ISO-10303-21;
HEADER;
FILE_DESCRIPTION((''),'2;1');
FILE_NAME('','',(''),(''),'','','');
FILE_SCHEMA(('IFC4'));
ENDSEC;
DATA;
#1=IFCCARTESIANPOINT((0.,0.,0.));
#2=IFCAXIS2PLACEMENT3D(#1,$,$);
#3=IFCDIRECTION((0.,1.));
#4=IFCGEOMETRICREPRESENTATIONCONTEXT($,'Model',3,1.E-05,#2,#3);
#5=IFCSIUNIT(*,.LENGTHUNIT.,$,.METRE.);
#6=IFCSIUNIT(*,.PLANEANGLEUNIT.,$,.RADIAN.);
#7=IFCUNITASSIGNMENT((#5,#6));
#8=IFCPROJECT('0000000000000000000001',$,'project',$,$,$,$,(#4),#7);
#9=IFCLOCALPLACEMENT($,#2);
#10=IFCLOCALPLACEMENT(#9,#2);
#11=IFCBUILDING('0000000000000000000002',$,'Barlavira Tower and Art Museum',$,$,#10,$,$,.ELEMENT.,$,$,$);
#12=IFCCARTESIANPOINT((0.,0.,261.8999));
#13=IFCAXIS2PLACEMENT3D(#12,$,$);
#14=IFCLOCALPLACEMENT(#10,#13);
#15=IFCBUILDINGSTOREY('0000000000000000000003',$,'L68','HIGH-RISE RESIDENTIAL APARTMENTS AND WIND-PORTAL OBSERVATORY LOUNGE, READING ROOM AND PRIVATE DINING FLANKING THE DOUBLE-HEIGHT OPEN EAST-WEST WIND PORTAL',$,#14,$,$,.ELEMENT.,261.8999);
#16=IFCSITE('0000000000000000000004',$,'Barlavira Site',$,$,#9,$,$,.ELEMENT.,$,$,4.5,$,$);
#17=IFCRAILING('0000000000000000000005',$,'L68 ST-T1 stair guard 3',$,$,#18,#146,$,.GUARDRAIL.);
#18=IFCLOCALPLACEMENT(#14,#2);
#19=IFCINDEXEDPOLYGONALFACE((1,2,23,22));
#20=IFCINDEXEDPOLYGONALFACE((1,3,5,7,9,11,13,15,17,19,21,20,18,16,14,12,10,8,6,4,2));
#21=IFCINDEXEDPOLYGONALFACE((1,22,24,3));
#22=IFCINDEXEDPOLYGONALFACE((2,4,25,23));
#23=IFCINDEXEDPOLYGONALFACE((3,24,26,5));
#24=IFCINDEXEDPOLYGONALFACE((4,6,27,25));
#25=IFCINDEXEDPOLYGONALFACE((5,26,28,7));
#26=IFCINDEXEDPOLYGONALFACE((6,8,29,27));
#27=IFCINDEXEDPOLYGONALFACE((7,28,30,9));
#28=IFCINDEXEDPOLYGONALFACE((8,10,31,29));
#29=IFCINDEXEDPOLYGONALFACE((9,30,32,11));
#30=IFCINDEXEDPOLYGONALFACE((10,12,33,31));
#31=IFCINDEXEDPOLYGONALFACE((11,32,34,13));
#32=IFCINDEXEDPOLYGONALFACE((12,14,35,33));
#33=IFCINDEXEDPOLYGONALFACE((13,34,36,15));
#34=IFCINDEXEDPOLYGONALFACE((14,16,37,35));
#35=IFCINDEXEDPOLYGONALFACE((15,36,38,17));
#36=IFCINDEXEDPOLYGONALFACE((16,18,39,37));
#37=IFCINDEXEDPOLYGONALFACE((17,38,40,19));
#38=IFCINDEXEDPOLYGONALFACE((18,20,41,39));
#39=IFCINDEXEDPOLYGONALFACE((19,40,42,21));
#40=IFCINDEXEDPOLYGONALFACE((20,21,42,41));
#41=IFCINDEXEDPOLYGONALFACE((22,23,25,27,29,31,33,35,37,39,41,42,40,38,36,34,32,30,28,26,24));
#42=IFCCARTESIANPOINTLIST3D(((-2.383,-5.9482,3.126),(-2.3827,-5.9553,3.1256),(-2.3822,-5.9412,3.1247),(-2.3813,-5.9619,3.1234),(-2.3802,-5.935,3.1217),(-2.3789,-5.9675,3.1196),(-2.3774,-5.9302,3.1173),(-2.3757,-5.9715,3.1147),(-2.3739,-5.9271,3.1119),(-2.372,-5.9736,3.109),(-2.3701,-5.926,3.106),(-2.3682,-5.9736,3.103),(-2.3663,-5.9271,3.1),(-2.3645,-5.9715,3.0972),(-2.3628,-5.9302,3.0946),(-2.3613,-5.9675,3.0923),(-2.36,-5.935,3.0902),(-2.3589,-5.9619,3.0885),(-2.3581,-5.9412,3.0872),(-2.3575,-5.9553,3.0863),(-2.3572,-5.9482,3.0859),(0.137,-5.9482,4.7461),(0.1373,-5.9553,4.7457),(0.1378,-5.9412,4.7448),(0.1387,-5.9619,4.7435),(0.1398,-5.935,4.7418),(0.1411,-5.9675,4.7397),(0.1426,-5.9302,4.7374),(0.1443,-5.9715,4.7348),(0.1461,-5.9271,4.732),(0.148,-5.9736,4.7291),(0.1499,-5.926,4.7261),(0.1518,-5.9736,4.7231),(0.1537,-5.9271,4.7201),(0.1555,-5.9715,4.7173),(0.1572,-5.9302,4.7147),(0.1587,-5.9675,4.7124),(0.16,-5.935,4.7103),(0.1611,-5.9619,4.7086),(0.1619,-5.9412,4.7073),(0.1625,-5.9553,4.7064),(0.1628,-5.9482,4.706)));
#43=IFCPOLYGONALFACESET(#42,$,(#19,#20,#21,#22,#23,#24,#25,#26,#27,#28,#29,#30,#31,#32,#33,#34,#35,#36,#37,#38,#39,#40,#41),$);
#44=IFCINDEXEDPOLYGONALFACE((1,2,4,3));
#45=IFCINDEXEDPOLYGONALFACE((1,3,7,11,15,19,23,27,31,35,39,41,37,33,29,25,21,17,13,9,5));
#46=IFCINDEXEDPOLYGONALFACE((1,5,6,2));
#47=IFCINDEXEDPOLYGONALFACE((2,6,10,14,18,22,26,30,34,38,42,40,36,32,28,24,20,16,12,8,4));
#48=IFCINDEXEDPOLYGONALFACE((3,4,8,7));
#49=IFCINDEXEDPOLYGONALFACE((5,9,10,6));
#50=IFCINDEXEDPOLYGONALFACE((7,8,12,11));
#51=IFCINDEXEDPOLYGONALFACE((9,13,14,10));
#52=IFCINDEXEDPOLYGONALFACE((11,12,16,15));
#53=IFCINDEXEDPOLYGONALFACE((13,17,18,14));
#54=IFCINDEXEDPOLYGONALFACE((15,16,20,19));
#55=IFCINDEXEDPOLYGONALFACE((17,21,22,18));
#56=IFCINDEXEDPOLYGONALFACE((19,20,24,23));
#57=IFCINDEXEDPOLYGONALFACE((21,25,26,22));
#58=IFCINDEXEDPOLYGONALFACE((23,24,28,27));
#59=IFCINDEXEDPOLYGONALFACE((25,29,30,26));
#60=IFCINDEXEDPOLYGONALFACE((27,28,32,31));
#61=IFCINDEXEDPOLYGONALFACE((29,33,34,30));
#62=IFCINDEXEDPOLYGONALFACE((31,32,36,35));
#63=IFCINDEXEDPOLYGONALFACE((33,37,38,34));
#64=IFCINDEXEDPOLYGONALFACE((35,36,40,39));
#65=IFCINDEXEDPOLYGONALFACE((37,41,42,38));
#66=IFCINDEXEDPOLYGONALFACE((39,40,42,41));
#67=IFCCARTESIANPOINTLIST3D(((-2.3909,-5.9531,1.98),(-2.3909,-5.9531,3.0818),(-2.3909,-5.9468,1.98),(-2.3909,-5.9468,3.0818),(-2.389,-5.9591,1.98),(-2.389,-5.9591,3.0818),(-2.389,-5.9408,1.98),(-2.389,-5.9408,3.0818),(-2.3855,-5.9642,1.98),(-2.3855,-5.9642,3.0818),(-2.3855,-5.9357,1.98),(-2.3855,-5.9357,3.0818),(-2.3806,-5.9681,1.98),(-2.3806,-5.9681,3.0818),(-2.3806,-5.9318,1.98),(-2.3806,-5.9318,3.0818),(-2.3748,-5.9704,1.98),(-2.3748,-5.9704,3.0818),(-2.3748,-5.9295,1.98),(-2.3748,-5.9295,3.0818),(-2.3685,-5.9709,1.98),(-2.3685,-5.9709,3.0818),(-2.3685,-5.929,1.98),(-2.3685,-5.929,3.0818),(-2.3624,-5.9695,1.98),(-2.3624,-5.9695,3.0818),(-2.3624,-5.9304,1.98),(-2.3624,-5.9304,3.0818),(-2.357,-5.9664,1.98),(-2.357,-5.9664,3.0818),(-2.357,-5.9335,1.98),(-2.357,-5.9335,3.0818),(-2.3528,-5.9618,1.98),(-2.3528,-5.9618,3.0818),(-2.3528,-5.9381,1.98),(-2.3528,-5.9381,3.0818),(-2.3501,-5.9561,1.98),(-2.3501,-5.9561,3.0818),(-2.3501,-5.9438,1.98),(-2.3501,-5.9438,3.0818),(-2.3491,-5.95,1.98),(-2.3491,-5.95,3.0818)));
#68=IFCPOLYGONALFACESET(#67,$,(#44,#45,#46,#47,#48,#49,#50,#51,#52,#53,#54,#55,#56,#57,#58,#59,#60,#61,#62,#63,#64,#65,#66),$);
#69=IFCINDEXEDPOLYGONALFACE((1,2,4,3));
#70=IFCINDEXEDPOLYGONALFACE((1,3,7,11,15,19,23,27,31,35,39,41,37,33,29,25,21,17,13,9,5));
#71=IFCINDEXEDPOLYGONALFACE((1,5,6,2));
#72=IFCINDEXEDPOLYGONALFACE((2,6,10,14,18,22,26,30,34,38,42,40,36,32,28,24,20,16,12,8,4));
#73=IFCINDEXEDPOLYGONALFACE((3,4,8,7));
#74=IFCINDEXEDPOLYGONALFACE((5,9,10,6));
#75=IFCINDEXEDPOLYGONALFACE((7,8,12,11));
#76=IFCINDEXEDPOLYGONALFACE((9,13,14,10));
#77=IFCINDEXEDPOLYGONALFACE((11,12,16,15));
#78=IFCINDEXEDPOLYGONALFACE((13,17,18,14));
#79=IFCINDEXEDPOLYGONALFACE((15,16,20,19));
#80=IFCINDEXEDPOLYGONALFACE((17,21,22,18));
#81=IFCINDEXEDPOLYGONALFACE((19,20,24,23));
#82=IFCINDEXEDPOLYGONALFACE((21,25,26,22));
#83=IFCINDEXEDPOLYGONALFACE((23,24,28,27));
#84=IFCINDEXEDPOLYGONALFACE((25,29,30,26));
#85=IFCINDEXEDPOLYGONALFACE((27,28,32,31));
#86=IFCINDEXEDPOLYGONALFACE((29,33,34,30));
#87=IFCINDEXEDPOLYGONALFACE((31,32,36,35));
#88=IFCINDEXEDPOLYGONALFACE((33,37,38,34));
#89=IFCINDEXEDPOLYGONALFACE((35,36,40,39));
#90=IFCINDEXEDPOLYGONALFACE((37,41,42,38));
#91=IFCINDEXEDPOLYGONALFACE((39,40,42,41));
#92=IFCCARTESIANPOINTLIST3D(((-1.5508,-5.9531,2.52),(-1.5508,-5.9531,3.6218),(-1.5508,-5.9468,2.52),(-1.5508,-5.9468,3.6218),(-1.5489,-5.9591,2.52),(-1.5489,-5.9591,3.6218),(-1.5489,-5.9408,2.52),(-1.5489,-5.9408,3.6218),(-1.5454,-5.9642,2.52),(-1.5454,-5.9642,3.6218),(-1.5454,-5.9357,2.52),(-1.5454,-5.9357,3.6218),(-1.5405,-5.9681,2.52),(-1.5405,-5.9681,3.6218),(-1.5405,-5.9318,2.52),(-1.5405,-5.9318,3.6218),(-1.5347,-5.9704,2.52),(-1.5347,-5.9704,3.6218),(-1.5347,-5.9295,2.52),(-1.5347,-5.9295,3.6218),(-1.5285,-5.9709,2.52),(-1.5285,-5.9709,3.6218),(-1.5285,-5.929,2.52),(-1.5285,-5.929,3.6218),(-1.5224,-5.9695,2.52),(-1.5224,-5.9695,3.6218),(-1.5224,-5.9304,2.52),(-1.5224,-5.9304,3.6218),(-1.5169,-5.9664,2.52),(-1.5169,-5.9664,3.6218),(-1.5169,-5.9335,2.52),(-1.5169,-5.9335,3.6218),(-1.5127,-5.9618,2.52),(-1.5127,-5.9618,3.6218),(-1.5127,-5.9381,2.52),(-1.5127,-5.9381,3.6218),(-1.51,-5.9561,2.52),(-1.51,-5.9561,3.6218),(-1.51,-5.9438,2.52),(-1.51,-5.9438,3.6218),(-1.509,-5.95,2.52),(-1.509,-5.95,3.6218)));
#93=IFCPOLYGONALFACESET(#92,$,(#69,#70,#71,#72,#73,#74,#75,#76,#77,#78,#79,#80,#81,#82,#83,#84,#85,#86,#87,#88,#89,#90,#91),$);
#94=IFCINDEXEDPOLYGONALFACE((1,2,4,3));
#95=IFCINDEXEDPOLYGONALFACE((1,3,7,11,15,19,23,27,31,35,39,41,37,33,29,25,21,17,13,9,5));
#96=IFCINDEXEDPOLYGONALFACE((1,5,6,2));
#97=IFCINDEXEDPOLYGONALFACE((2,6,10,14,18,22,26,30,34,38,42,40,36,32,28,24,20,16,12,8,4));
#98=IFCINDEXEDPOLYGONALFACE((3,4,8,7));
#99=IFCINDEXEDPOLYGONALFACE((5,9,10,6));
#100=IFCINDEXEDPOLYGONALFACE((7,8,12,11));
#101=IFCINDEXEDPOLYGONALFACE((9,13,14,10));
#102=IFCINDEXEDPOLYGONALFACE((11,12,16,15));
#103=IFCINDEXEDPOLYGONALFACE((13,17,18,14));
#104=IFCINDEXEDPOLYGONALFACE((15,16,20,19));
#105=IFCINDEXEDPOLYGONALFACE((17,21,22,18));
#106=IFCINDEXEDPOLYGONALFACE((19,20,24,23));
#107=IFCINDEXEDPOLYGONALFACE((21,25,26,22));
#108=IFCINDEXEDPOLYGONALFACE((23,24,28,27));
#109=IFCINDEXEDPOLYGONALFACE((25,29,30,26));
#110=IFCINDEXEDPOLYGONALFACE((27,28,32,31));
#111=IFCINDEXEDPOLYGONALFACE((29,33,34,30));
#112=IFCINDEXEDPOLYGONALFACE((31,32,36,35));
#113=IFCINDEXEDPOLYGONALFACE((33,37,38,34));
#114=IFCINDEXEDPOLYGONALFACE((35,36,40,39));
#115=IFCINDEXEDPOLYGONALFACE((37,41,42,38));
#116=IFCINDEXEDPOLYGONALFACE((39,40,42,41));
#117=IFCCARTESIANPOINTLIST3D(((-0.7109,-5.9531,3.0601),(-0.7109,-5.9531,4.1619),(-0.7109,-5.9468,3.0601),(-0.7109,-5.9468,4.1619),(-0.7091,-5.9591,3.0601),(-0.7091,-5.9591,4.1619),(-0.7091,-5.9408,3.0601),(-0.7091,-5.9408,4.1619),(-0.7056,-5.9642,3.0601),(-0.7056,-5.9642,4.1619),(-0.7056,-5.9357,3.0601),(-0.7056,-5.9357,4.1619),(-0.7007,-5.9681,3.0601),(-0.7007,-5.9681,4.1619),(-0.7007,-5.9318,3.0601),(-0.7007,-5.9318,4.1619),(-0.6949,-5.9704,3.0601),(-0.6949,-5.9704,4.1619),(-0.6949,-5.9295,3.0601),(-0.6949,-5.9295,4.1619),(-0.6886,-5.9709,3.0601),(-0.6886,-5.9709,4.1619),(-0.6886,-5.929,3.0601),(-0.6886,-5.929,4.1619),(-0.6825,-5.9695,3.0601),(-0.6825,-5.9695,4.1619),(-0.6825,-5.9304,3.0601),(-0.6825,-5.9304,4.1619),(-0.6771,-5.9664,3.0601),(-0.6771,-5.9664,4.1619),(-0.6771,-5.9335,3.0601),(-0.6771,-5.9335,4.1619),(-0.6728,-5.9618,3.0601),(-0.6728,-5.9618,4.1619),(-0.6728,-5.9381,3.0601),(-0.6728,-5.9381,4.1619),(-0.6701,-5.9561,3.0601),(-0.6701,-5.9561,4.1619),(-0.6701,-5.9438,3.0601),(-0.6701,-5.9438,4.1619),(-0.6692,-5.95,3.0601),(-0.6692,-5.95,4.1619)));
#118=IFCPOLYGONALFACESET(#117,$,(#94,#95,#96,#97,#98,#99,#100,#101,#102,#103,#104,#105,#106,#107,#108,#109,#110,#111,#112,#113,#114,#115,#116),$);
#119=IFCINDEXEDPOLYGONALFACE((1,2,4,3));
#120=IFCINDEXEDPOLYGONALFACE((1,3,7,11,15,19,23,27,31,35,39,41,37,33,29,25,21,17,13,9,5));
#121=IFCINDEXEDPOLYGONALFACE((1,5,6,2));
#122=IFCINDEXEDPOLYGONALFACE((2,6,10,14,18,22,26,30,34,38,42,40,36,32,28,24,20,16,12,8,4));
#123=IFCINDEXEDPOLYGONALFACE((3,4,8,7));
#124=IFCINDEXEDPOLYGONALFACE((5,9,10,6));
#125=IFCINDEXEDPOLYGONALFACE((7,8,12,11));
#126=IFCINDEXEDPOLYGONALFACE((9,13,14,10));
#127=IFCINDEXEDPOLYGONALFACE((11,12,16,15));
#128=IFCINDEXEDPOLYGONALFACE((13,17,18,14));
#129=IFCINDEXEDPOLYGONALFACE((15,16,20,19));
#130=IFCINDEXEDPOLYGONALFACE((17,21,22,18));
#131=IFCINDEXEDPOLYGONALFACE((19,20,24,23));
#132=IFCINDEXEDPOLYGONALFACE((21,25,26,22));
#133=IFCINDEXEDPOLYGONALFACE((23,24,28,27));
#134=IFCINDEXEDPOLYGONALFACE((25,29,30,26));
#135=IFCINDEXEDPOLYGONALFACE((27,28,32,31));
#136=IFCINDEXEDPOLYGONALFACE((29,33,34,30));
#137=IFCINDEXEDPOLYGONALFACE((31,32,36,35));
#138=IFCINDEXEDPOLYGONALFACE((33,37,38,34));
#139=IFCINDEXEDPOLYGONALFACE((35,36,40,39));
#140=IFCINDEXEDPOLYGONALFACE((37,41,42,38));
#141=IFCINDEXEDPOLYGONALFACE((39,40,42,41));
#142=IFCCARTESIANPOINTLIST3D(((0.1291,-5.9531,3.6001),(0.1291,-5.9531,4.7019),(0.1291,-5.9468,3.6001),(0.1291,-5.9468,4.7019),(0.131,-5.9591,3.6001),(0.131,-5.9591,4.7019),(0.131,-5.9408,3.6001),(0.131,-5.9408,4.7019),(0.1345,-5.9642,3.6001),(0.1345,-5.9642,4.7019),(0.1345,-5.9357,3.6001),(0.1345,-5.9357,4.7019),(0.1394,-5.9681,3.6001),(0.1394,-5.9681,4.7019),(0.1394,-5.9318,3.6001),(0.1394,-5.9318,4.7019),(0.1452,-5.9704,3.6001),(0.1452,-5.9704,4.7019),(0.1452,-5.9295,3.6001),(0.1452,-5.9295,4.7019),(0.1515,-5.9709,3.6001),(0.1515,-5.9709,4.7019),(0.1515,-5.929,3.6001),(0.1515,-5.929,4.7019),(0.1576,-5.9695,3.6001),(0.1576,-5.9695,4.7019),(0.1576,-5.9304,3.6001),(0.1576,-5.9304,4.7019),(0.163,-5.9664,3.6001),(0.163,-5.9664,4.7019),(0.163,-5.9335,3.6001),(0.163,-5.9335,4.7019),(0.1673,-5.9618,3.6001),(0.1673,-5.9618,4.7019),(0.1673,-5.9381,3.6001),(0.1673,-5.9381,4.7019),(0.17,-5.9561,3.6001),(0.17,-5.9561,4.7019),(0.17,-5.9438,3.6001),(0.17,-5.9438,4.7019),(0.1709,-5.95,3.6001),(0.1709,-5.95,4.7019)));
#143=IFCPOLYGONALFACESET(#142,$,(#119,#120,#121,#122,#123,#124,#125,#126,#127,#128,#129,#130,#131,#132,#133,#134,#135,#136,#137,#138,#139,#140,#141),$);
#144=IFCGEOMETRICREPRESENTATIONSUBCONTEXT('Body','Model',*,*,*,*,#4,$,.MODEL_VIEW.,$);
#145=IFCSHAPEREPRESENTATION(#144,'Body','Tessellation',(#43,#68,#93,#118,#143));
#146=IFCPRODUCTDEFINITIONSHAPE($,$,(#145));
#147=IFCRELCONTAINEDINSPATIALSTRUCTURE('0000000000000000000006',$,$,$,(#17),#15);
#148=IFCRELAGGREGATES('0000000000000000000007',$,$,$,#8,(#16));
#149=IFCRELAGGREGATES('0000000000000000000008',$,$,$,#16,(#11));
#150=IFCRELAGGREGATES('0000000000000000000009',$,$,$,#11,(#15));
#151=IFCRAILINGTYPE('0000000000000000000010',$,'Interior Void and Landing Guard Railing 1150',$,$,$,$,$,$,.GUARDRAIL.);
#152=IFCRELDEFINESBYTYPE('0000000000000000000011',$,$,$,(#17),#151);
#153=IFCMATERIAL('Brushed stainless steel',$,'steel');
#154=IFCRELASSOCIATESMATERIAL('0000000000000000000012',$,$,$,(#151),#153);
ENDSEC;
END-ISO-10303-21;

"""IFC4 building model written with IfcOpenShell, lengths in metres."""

from ifc_helpers import new_model, si_unit, direction, frame, origin, origin_2d, place, context, subcontext, project, spatial, circle, extrude, material, type_object, element, save


model = new_model("IFC4")

# Units and contexts
model_context = context("Model", 3, precision=1e-05, world=origin(), true_north=direction((0.0, 1.0)))
body_context = subcontext(model_context, "Body", "Model", "MODEL_VIEW")
ifc_project = project(units=[si_unit("LENGTHUNIT", "METRE"), si_unit("PLANEANGLEUNIT", "RADIAN")], contexts=[model_context])

# Site, building, storey
site_placement = place(None, origin())
site = spatial("IfcSite", under=ifc_project, at=site_placement, Name="Barlavira Site", CompositionType="ELEMENT", RefElevation=4.5)
building_placement = place(site_placement, origin())
building = spatial("IfcBuilding", under=site, at=building_placement, Name="Barlavira Tower and Art Museum", CompositionType="ELEMENT")
storey_placement = place(building_placement, frame((0.0, 0.0, 261.8999)))
storey = spatial("IfcBuildingStorey", under=building, at=storey_placement, Name="L68", Description="HIGH-RISE RESIDENTIAL APARTMENTS AND WIND-PORTAL OBSERVATORY LOUNGE, READING ROOM AND PRIVATE DINING FLANKING THE DOUBLE-HEIGHT OPEN EAST-WEST WIND PORTAL", CompositionType="ELEMENT", Elevation=261.8999)

# Shared definitions
ifc_material_1 = material(Name="Brushed stainless steel", Category="steel")

# Railing
railing_type_1 = type_object("IfcRailingType", Name="Interior Void and Landing Guard Railing 1150", PredefinedType="GUARDRAIL", material=ifc_material_1)
railing_1_placement = place(storey_placement, frame((-2.3701, -5.95, 1.98)))
element("IfcRailing", 1, at=railing_1_placement, inside=storey, type_object=railing_type_1, Name="L68 ST-T1 stair guard 3", PredefinedType="GUARDRAIL", context=body_context, shape_type="SweptSolid", body=[
    extrude(circle(Radius=0.0239, at=origin_2d()), frame((0.0, 0.0, 1.126), z_axis=(0.841163, 0.0, 0.540782), x_axis=(0.0, 1.0, 0.0)), (0.0, 0.0, 1.0), 2.9958),
    extrude(circle(Radius=0.021, at=origin_2d()), origin(), (0.0, 0.0, 1.0), 1.1018),
    extrude(circle(Radius=0.021, at=origin_2d()), frame((0.8401, 0.0, 0.54)), (0.0, 0.0, 1.0), 1.1018),
    extrude(circle(Radius=0.021, at=origin_2d()), frame((1.6799, 0.0, 1.0801)), (0.0, 0.0, 1.0), 1.1018),
    extrude(circle(Radius=0.021, at=origin_2d()), frame((2.52, 0.0, 1.6201)), (0.0, 0.0, 1.0), 1.1018),
])

save(model, "model.ifc")
